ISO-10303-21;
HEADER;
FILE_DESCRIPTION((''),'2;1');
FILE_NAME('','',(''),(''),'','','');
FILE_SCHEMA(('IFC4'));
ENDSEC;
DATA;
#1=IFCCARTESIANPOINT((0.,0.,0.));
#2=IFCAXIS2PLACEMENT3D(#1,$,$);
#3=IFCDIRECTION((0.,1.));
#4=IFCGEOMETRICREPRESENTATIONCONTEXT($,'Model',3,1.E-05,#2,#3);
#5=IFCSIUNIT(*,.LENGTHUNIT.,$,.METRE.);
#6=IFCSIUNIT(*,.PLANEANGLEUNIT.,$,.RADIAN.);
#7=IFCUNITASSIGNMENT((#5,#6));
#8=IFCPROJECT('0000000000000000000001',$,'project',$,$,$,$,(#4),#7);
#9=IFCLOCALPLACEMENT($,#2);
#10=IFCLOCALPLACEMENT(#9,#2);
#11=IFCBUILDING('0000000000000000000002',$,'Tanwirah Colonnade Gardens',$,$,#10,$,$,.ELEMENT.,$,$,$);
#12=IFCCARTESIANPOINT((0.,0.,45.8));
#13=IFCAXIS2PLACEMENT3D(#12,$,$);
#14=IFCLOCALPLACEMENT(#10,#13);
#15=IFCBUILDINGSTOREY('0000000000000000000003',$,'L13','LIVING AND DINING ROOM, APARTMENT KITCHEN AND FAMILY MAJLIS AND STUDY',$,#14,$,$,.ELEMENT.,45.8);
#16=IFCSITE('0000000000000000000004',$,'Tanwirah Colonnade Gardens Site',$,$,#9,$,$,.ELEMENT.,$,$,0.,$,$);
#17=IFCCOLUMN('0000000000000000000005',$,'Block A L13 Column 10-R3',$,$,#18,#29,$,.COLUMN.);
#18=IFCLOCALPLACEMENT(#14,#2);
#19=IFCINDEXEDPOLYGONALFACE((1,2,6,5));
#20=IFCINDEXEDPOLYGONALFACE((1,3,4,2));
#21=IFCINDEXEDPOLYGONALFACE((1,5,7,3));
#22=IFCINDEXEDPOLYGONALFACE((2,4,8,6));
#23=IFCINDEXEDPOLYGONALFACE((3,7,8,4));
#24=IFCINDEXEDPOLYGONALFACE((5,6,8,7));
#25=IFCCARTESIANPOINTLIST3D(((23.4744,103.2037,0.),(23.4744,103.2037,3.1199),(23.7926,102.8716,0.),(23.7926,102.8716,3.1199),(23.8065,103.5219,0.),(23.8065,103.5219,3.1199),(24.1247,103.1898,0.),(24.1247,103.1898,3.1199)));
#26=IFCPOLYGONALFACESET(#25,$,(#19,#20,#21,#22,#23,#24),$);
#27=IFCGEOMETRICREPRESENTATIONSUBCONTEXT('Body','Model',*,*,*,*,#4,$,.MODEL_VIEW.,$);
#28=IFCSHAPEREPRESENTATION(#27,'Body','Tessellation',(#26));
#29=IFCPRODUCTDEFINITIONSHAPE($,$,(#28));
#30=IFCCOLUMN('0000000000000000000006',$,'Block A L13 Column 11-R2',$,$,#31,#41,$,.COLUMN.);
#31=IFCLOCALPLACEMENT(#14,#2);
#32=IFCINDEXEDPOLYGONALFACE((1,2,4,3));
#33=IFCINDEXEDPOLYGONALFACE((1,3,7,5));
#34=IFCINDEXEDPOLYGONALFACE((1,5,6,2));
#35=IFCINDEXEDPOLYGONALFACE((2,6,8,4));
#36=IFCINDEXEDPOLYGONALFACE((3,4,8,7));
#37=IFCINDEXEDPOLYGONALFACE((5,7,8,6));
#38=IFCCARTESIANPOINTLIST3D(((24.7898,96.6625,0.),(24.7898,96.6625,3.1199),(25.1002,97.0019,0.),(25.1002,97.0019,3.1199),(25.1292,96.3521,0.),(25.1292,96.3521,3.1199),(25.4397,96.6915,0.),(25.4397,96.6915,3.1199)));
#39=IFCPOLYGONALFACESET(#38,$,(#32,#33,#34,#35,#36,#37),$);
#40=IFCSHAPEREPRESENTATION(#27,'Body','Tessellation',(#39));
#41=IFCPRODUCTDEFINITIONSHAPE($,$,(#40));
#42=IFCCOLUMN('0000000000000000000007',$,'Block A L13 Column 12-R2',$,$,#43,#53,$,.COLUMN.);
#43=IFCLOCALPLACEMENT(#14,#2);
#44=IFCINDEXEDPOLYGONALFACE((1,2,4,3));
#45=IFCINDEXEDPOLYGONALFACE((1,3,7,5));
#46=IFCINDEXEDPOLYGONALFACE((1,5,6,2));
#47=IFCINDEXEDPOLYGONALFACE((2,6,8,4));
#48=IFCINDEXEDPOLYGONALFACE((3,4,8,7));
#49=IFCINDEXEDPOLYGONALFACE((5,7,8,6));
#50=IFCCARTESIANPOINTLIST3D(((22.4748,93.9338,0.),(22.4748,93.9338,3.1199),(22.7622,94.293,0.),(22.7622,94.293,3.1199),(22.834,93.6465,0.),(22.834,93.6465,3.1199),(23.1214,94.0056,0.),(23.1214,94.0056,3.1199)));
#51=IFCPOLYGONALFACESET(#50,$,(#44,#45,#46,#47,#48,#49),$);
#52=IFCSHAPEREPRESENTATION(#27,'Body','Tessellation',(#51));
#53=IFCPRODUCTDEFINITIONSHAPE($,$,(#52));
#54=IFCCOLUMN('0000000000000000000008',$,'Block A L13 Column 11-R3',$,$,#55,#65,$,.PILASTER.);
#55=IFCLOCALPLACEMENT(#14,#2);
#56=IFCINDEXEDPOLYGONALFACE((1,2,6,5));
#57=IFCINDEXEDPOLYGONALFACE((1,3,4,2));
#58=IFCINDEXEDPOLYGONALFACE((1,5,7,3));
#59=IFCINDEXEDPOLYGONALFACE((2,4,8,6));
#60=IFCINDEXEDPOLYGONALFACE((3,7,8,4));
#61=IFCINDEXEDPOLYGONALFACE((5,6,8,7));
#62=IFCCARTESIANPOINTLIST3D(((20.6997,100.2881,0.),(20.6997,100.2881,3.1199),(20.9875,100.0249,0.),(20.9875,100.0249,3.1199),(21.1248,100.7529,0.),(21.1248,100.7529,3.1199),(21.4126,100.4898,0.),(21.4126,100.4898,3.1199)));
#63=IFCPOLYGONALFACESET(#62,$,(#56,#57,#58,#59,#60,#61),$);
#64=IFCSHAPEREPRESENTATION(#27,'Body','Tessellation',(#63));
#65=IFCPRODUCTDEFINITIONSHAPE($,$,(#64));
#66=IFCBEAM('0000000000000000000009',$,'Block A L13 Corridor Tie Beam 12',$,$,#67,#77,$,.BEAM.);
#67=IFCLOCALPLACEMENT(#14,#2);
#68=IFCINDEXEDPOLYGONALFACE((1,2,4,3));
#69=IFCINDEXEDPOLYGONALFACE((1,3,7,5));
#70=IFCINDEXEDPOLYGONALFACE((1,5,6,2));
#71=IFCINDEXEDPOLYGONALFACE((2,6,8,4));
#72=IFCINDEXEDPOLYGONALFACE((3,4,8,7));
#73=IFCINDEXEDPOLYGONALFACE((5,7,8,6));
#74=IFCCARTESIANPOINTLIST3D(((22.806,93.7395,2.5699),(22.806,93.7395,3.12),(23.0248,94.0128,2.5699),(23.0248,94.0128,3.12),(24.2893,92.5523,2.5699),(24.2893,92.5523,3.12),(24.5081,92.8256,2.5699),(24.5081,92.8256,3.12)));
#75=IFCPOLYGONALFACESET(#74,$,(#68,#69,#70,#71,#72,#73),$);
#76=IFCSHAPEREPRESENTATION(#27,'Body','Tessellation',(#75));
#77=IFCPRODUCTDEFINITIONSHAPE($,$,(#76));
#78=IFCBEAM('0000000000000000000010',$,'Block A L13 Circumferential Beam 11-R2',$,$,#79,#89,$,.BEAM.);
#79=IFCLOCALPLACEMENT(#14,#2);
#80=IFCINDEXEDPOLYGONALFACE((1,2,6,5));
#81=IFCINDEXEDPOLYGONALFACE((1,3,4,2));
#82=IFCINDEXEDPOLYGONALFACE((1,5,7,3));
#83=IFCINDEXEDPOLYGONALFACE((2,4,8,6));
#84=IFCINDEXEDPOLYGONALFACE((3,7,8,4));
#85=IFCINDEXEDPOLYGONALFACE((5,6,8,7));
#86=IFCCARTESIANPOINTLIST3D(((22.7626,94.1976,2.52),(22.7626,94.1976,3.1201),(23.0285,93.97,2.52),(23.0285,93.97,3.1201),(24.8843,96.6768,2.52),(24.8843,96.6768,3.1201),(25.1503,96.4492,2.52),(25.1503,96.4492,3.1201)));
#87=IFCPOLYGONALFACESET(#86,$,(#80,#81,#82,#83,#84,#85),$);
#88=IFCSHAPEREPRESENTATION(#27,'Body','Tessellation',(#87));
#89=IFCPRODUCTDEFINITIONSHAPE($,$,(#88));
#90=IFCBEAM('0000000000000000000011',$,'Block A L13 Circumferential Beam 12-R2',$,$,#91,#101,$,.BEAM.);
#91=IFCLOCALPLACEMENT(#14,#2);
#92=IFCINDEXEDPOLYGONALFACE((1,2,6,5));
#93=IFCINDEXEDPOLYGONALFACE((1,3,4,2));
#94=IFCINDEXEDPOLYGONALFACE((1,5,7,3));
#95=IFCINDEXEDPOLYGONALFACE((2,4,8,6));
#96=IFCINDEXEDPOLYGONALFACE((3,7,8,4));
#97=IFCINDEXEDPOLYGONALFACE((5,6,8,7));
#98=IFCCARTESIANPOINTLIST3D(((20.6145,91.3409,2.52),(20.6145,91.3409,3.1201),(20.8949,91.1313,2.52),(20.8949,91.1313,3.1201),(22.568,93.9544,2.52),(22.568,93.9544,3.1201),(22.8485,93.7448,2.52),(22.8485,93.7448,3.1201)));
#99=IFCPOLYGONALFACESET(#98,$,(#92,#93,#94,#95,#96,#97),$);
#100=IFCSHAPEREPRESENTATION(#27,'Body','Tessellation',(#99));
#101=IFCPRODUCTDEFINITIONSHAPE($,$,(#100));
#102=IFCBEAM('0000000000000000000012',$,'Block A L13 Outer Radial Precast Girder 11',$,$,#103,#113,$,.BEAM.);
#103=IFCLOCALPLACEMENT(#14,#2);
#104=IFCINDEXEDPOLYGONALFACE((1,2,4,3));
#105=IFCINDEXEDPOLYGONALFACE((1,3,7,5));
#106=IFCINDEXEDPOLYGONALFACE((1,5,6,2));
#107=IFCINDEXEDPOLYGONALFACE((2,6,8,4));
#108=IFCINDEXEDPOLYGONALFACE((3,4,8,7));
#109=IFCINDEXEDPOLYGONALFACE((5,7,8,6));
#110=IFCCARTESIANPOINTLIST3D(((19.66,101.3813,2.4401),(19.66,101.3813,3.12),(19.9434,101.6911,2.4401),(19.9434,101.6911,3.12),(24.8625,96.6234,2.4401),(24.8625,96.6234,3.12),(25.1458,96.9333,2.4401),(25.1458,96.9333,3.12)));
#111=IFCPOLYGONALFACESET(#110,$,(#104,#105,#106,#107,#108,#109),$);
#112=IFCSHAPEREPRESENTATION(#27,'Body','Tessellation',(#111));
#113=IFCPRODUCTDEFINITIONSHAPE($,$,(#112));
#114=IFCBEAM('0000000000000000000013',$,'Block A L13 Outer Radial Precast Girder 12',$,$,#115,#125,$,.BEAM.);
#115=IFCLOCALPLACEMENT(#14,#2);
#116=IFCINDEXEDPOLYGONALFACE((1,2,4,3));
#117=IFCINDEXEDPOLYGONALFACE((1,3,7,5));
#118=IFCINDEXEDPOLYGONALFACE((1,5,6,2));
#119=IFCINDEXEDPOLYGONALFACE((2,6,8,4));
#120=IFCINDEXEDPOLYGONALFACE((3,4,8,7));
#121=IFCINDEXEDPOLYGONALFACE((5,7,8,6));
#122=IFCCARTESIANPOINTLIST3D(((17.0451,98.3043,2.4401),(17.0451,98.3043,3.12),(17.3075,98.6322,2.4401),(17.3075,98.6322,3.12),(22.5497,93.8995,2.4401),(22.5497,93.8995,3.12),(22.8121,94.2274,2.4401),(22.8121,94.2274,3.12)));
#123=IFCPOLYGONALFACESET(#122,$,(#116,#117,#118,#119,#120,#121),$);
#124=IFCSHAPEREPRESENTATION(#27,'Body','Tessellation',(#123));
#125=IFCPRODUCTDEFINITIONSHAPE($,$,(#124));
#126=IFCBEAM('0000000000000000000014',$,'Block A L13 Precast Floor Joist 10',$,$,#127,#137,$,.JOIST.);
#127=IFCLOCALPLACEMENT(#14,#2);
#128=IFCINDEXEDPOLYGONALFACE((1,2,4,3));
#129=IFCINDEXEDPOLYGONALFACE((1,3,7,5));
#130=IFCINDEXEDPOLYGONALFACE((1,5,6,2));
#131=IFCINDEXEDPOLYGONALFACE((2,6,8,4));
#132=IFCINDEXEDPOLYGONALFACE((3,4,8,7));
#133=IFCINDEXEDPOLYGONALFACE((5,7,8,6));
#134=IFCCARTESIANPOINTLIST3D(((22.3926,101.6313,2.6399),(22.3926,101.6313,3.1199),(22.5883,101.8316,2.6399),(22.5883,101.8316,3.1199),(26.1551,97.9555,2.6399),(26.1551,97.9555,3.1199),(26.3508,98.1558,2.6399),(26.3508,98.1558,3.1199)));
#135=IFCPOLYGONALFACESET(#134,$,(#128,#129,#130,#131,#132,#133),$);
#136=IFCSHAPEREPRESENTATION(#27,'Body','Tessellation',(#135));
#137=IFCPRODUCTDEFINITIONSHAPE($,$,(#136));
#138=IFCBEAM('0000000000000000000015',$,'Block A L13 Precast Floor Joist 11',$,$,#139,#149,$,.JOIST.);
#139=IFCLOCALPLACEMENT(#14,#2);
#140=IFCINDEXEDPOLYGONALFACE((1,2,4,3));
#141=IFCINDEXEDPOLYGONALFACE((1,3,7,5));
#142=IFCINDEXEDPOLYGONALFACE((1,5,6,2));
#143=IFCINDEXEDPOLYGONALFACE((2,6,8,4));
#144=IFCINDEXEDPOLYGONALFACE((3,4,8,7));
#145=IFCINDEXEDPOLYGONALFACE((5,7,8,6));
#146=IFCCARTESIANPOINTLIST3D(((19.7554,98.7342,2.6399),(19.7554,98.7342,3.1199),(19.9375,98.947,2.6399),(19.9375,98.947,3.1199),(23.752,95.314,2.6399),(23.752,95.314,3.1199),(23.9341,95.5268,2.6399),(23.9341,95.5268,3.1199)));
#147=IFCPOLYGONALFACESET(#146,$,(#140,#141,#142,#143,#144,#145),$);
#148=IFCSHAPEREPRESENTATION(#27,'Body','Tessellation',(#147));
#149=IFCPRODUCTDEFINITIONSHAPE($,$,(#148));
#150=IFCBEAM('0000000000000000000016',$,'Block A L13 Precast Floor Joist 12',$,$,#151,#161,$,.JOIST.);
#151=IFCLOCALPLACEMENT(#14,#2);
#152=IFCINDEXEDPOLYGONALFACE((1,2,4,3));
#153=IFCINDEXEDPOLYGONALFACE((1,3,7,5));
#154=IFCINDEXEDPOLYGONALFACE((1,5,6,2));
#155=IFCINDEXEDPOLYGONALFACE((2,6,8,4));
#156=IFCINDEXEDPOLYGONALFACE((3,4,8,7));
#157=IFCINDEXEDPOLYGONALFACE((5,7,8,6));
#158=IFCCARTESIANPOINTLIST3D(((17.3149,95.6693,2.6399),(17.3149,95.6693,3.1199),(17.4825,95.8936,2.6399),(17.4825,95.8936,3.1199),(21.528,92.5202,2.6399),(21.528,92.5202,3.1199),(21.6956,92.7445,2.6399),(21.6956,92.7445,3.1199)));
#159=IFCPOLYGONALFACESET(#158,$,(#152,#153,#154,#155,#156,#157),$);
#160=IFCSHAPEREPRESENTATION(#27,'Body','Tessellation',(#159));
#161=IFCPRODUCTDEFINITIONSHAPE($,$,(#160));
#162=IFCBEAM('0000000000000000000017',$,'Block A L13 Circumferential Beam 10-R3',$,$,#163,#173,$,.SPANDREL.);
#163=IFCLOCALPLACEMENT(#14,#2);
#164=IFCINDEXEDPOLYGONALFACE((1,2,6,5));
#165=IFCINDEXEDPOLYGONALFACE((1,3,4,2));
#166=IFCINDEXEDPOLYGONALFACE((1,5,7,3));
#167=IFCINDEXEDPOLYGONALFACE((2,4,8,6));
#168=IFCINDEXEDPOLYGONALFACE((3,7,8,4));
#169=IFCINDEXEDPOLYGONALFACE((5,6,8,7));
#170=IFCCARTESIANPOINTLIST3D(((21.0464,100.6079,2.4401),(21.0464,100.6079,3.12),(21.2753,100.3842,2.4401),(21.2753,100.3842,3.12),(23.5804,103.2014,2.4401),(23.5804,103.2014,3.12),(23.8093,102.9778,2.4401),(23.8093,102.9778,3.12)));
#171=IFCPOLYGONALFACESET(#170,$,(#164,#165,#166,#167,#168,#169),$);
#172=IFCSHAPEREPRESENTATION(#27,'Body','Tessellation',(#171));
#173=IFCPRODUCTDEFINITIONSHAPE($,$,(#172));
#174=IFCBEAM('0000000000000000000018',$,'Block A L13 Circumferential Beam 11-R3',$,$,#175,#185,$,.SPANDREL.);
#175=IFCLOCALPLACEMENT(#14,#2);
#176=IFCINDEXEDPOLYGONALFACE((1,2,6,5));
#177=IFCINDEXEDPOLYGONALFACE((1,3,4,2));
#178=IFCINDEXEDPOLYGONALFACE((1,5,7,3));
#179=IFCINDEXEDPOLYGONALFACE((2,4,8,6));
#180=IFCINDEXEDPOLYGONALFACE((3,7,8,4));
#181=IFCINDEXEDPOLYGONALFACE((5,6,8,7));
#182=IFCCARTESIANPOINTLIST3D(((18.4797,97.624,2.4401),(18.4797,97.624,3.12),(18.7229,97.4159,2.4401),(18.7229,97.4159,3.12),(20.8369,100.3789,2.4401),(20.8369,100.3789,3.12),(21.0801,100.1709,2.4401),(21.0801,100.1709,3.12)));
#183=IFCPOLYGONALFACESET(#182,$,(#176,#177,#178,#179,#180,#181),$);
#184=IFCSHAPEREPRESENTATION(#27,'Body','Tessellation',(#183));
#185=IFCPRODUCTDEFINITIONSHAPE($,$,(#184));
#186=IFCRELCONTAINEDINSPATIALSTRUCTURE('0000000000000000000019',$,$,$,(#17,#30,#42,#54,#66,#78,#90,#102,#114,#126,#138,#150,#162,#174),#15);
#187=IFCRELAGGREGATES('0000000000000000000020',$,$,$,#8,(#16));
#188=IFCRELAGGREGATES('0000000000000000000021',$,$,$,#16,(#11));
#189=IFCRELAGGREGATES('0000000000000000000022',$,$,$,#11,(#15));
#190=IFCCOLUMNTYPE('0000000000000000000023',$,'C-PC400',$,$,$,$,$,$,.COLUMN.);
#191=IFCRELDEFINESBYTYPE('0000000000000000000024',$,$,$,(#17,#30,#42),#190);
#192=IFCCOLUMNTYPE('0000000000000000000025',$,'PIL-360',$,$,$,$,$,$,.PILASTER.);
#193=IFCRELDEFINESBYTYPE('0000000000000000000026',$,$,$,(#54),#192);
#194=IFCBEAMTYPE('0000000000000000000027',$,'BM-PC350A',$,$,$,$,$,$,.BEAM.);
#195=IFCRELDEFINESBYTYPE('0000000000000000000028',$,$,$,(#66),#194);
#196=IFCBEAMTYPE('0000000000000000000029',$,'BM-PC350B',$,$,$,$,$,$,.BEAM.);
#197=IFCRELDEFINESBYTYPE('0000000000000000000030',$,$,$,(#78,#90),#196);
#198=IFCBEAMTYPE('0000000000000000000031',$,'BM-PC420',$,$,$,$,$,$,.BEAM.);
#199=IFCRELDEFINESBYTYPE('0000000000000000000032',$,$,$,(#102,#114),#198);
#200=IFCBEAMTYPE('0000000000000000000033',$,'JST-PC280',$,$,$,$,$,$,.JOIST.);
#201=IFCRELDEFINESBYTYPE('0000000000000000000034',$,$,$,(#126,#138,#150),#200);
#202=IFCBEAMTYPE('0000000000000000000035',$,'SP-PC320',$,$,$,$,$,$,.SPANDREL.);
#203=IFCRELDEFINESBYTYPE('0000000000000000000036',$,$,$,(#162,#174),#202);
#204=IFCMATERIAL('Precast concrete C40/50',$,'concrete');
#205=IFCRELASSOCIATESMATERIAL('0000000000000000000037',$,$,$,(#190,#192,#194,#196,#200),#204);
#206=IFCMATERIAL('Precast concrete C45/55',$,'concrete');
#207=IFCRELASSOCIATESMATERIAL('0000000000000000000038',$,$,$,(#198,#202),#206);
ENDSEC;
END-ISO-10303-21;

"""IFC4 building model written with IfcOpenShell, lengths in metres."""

from ifc_helpers import new_model, si_unit, direction, frame, origin, origin_2d, place, context, subcontext, project, spatial, rectangle, extrude, material, material_profile, profile_set, type_object, element, save


model = new_model("IFC4")

# Units and contexts
model_context = context("Model", 3, precision=1e-05, world=origin(), true_north=direction((0.0, 1.0)))
body_context = subcontext(model_context, "Body", "Model", "MODEL_VIEW")
ifc_project = project(units=[si_unit("LENGTHUNIT", "METRE"), si_unit("PLANEANGLEUNIT", "RADIAN")], contexts=[model_context])

# Site, building, storey
site_placement = place(None, origin())
site = spatial("IfcSite", under=ifc_project, at=site_placement, Name="Tanwirah Colonnade Gardens Site", CompositionType="ELEMENT", RefElevation=0.0)
building_placement = place(site_placement, origin())
building = spatial("IfcBuilding", under=site, at=building_placement, Name="Tanwirah Colonnade Gardens", CompositionType="ELEMENT")
storey_placement = place(building_placement, frame((0.0, 0.0, 45.8)))
storey = spatial("IfcBuildingStorey", under=building, at=storey_placement, Name="L13", Description="LIVING AND DINING ROOM, APARTMENT KITCHEN AND FAMILY MAJLIS AND STUDY", CompositionType="ELEMENT", Elevation=45.8)

# Columns
ifc_material_1 = material(Name="Precast concrete C40/50", Category="concrete")
ifc_material_profile_1 = material_profile(ifc_material_1, rectangle(XDim=0.46, YDim=0.46, at=origin_2d()), Name="PC-COL 460x460")
ifc_profile_set_1 = profile_set([ifc_material_profile_1], Name="Precast concrete C40/50")
column_type_1 = type_object("IfcColumnType", Name="C-PC400", PredefinedType="COLUMN", material=ifc_profile_set_1)
for number, where, z_axis, x_axis, name in (
    (1, (23.7996, 103.1968, 0.0), (0.0, 0.0, 1.0), (-0.691863, 0.722029, 0.0), "Block A L13 Column 10-R3"),
    (2, (25.1147, 96.677, 0.0), (0.0, 0.0, 1.0), (-0.737932, 0.674875, 0.0), "Block A L13 Column 11-R2"),
    (3, (22.7981, 93.9697, 0.0), (0.0, 0.0, 1.0), (-0.780794, 0.624788, 0.0), "Block A L13 Column 12-R2"),
):
    element("IfcColumn", number, at=place(storey_placement, frame(where, z_axis=z_axis, x_axis=x_axis)), inside=storey, type_object=column_type_1, Name=name, PredefinedType="COLUMN", context=body_context, shape_type="SweptSolid", body=[
        extrude(rectangle(XDim=0.46, YDim=0.46, at=origin_2d()), origin(), (0.0, 0.0, 1.0), 3.1199),
    ])
ifc_material_profile_2 = material_profile(ifc_material_1, rectangle(XDim=0.3899, YDim=0.6299, at=origin_2d()), Name="PC-PIL 390x630")
ifc_profile_set_2 = profile_set([ifc_material_profile_2], Name="Precast concrete C40/50")
column_type_2 = type_object("IfcColumnType", Name="PIL-360", PredefinedType="PILASTER", material=ifc_profile_set_2)
column_placement = place(storey_placement, frame((21.0562, 100.3889, 0.0), z_axis=(0.0, 0.0, 1.0), x_axis=(-0.737932, 0.674875, 0.0)))
element("IfcColumn", 4, at=column_placement, inside=storey, type_object=column_type_2, Name="Block A L13 Column 11-R3", PredefinedType="PILASTER", context=body_context, shape_type="SweptSolid", body=[
    extrude(rectangle(XDim=0.3899, YDim=0.6299, at=origin_2d()), origin(), (0.0, 0.0, 1.0), 3.1199),
])

# Beams
ifc_material_profile_3 = material_profile(ifc_material_1, rectangle(XDim=0.3501, YDim=0.55, at=origin_2d()), Name="PC-BM 350x550")
ifc_profile_set_3 = profile_set([ifc_material_profile_3], Name="Precast concrete C40/50")
beam_type_1 = type_object("IfcBeamType", Name="BM-PC350A", PredefinedType="BEAM", material=ifc_profile_set_3)
beam_1_placement = place(storey_placement, frame((24.3987, 92.689, 2.845), z_axis=(-0.780731, 0.624867, 0.0), x_axis=(-0.624867, -0.780731, 0.0)))
element("IfcBeam", 5, at=beam_1_placement, inside=storey, type_object=beam_type_1, Name="Block A L13 Corridor Tie Beam 12", PredefinedType="BEAM", context=body_context, shape_type="SweptSolid", body=[
    extrude(rectangle(XDim=0.3501, YDim=0.55, at=origin_2d()), origin(), (0.0, 0.0, 1.0), 1.8999),
])
ifc_material_profile_4 = material_profile(ifc_material_1, rectangle(XDim=0.3501, YDim=0.6001, at=origin_2d()), Name="PC-BM 350x600")
ifc_profile_set_4 = profile_set([ifc_material_profile_4], Name="Precast concrete C40/50")
beam_type_2 = type_object("IfcBeamType", Name="BM-PC350B", PredefinedType="BEAM", material=ifc_profile_set_4)
beam_2_placement = place(storey_placement, frame((25.0173, 96.563, 2.8201), z_axis=(-0.650218, -0.759748, 0.0), x_axis=(0.759748, -0.650218, 0.0)))
element("IfcBeam", 6, at=beam_2_placement, inside=storey, type_object=beam_type_2, Name="Block A L13 Circumferential Beam 11-R2", PredefinedType="BEAM", context=body_context, shape_type="SweptSolid", body=[
    extrude(rectangle(XDim=0.3501, YDim=0.6001, at=origin_2d()), origin(), (0.0, 0.0, 1.0), 3.2632),
])
beam_3_placement = place(storey_placement, frame((22.7083, 93.8496, 2.8201), z_axis=(-0.598718, -0.80096, 0.0), x_axis=(0.80096, -0.598718, 0.0)))
element("IfcBeam", 7, at=beam_3_placement, inside=storey, type_object=beam_type_2, Name="Block A L13 Circumferential Beam 12-R2", PredefinedType="BEAM", context=body_context, shape_type="SweptSolid", body=[
    extrude(rectangle(XDim=0.3501, YDim=0.6001, at=origin_2d()), origin(), (0.0, 0.0, 1.0), 3.2629),
])
ifc_material_2 = material(Name="Precast concrete C45/55", Category="concrete")
ifc_material_profile_5 = material_profile(ifc_material_2, rectangle(XDim=0.4199, YDim=0.6799, at=origin_2d()), Name="PC-BM 420x680")
ifc_profile_set_5 = profile_set([ifc_material_profile_5], Name="Precast concrete C45/55")
beam_type_3 = type_object("IfcBeamType", Name="BM-PC420", PredefinedType="BEAM", material=ifc_profile_set_5)
for number, where, z_axis, x_axis, name in (
    (8, (25.0042, 96.7783, 2.78), (-0.737934, 0.674873, 0.0), (-0.674873, -0.737934, 0.0), "Block A L13 Outer Radial Precast Girder 11"),
    (9, (22.6809, 94.0635, 2.78), (-0.780794, 0.624788, 0.0), (-0.624788, -0.780794, 0.0), "Block A L13 Outer Radial Precast Girder 12"),
):
    element("IfcBeam", number, at=place(storey_placement, frame(where, z_axis=z_axis, x_axis=x_axis)), inside=storey, type_object=beam_type_3, Name=name, PredefinedType="BEAM", context=body_context, shape_type="SweptSolid", body=[
        extrude(rectangle(XDim=0.4199, YDim=0.6799, at=origin_2d()), origin(), (0.0, 0.0, 1.0), 7.05),
    ])
ifc_material_profile_6 = material_profile(ifc_material_1, rectangle(XDim=0.28, YDim=0.48, at=origin_2d()), Name="PC-JST 280x480")
ifc_profile_set_6 = profile_set([ifc_material_profile_6], Name="Precast concrete C40/50")
beam_type_4 = type_object("IfcBeamType", Name="JST-PC280", PredefinedType="JOIST", material=ifc_profile_set_6)
beam_4_placement = place(storey_placement, frame((26.2529, 98.0557, 2.8799), z_axis=(-0.715297, 0.69882, 0.0), x_axis=(-0.69882, -0.715297, 0.0)))
element("IfcBeam", 10, at=beam_4_placement, inside=storey, type_object=beam_type_4, Name="Block A L13 Precast Floor Joist 10", PredefinedType="JOIST", context=body_context, shape_type="SweptSolid", body=[
    extrude(rectangle(XDim=0.28, YDim=0.48, at=origin_2d()), origin(), (0.0, 0.0, 1.0), 5.26),
])
beam_5_placement = place(storey_placement, frame((23.843, 95.4204, 2.8799), z_axis=(-0.759771, 0.650191, 0.0), x_axis=(-0.650191, -0.759771, 0.0)))
element("IfcBeam", 11, at=beam_5_placement, inside=storey, type_object=beam_type_4, Name="Block A L13 Precast Floor Joist 11", PredefinedType="JOIST", context=body_context, shape_type="SweptSolid", body=[
    extrude(rectangle(XDim=0.28, YDim=0.48, at=origin_2d()), origin(), (0.0, 0.0, 1.0), 5.2603),
])
beam_6_placement = place(storey_placement, frame((21.6118, 92.6323, 2.8799), z_axis=(-0.800974, 0.5987, 0.0), x_axis=(-0.5987, -0.800974, 0.0)))
element("IfcBeam", 12, at=beam_6_placement, inside=storey, type_object=beam_type_4, Name="Block A L13 Precast Floor Joist 12", PredefinedType="JOIST", context=body_context, shape_type="SweptSolid", body=[
    extrude(rectangle(XDim=0.28, YDim=0.48, at=origin_2d()), origin(), (0.0, 0.0, 1.0), 5.26),
])
ifc_material_profile_7 = material_profile(ifc_material_2, rectangle(XDim=0.3201, YDim=0.6799, at=origin_2d()), Name="PC-SP 320x680")
ifc_profile_set_7 = profile_set([ifc_material_profile_7], Name="Precast concrete C45/55")
beam_type_5 = type_object("IfcBeamType", Name="SP-PC320", PredefinedType="SPANDREL", material=ifc_profile_set_7)
beam_7_placement = place(storey_placement, frame((23.6948, 103.0896, 2.78), z_axis=(-0.698844, -0.715274, 0.0), x_axis=(0.715274, -0.698844, 0.0)))
element("IfcBeam", 13, at=beam_7_placement, inside=storey, type_object=beam_type_5, Name="Block A L13 Circumferential Beam 10-R3", PredefinedType="SPANDREL", context=body_context, shape_type="SweptSolid", body=[
    extrude(rectangle(XDim=0.3201, YDim=0.6799, at=origin_2d()), origin(), (0.0, 0.0, 1.0), 3.626),
])
beam_8_placement = place(storey_placement, frame((20.9585, 100.2749, 2.78), z_axis=(-0.650131, -0.759822, 0.0), x_axis=(0.759822, -0.650131, 0.0)))
element("IfcBeam", 14, at=beam_8_placement, inside=storey, type_object=beam_type_5, Name="Block A L13 Circumferential Beam 11-R3", PredefinedType="SPANDREL", context=body_context, shape_type="SweptSolid", body=[
    extrude(rectangle(XDim=0.3201, YDim=0.6799, at=origin_2d()), origin(), (0.0, 0.0, 1.0), 3.6257),
])

save(model, "model.ifc")
